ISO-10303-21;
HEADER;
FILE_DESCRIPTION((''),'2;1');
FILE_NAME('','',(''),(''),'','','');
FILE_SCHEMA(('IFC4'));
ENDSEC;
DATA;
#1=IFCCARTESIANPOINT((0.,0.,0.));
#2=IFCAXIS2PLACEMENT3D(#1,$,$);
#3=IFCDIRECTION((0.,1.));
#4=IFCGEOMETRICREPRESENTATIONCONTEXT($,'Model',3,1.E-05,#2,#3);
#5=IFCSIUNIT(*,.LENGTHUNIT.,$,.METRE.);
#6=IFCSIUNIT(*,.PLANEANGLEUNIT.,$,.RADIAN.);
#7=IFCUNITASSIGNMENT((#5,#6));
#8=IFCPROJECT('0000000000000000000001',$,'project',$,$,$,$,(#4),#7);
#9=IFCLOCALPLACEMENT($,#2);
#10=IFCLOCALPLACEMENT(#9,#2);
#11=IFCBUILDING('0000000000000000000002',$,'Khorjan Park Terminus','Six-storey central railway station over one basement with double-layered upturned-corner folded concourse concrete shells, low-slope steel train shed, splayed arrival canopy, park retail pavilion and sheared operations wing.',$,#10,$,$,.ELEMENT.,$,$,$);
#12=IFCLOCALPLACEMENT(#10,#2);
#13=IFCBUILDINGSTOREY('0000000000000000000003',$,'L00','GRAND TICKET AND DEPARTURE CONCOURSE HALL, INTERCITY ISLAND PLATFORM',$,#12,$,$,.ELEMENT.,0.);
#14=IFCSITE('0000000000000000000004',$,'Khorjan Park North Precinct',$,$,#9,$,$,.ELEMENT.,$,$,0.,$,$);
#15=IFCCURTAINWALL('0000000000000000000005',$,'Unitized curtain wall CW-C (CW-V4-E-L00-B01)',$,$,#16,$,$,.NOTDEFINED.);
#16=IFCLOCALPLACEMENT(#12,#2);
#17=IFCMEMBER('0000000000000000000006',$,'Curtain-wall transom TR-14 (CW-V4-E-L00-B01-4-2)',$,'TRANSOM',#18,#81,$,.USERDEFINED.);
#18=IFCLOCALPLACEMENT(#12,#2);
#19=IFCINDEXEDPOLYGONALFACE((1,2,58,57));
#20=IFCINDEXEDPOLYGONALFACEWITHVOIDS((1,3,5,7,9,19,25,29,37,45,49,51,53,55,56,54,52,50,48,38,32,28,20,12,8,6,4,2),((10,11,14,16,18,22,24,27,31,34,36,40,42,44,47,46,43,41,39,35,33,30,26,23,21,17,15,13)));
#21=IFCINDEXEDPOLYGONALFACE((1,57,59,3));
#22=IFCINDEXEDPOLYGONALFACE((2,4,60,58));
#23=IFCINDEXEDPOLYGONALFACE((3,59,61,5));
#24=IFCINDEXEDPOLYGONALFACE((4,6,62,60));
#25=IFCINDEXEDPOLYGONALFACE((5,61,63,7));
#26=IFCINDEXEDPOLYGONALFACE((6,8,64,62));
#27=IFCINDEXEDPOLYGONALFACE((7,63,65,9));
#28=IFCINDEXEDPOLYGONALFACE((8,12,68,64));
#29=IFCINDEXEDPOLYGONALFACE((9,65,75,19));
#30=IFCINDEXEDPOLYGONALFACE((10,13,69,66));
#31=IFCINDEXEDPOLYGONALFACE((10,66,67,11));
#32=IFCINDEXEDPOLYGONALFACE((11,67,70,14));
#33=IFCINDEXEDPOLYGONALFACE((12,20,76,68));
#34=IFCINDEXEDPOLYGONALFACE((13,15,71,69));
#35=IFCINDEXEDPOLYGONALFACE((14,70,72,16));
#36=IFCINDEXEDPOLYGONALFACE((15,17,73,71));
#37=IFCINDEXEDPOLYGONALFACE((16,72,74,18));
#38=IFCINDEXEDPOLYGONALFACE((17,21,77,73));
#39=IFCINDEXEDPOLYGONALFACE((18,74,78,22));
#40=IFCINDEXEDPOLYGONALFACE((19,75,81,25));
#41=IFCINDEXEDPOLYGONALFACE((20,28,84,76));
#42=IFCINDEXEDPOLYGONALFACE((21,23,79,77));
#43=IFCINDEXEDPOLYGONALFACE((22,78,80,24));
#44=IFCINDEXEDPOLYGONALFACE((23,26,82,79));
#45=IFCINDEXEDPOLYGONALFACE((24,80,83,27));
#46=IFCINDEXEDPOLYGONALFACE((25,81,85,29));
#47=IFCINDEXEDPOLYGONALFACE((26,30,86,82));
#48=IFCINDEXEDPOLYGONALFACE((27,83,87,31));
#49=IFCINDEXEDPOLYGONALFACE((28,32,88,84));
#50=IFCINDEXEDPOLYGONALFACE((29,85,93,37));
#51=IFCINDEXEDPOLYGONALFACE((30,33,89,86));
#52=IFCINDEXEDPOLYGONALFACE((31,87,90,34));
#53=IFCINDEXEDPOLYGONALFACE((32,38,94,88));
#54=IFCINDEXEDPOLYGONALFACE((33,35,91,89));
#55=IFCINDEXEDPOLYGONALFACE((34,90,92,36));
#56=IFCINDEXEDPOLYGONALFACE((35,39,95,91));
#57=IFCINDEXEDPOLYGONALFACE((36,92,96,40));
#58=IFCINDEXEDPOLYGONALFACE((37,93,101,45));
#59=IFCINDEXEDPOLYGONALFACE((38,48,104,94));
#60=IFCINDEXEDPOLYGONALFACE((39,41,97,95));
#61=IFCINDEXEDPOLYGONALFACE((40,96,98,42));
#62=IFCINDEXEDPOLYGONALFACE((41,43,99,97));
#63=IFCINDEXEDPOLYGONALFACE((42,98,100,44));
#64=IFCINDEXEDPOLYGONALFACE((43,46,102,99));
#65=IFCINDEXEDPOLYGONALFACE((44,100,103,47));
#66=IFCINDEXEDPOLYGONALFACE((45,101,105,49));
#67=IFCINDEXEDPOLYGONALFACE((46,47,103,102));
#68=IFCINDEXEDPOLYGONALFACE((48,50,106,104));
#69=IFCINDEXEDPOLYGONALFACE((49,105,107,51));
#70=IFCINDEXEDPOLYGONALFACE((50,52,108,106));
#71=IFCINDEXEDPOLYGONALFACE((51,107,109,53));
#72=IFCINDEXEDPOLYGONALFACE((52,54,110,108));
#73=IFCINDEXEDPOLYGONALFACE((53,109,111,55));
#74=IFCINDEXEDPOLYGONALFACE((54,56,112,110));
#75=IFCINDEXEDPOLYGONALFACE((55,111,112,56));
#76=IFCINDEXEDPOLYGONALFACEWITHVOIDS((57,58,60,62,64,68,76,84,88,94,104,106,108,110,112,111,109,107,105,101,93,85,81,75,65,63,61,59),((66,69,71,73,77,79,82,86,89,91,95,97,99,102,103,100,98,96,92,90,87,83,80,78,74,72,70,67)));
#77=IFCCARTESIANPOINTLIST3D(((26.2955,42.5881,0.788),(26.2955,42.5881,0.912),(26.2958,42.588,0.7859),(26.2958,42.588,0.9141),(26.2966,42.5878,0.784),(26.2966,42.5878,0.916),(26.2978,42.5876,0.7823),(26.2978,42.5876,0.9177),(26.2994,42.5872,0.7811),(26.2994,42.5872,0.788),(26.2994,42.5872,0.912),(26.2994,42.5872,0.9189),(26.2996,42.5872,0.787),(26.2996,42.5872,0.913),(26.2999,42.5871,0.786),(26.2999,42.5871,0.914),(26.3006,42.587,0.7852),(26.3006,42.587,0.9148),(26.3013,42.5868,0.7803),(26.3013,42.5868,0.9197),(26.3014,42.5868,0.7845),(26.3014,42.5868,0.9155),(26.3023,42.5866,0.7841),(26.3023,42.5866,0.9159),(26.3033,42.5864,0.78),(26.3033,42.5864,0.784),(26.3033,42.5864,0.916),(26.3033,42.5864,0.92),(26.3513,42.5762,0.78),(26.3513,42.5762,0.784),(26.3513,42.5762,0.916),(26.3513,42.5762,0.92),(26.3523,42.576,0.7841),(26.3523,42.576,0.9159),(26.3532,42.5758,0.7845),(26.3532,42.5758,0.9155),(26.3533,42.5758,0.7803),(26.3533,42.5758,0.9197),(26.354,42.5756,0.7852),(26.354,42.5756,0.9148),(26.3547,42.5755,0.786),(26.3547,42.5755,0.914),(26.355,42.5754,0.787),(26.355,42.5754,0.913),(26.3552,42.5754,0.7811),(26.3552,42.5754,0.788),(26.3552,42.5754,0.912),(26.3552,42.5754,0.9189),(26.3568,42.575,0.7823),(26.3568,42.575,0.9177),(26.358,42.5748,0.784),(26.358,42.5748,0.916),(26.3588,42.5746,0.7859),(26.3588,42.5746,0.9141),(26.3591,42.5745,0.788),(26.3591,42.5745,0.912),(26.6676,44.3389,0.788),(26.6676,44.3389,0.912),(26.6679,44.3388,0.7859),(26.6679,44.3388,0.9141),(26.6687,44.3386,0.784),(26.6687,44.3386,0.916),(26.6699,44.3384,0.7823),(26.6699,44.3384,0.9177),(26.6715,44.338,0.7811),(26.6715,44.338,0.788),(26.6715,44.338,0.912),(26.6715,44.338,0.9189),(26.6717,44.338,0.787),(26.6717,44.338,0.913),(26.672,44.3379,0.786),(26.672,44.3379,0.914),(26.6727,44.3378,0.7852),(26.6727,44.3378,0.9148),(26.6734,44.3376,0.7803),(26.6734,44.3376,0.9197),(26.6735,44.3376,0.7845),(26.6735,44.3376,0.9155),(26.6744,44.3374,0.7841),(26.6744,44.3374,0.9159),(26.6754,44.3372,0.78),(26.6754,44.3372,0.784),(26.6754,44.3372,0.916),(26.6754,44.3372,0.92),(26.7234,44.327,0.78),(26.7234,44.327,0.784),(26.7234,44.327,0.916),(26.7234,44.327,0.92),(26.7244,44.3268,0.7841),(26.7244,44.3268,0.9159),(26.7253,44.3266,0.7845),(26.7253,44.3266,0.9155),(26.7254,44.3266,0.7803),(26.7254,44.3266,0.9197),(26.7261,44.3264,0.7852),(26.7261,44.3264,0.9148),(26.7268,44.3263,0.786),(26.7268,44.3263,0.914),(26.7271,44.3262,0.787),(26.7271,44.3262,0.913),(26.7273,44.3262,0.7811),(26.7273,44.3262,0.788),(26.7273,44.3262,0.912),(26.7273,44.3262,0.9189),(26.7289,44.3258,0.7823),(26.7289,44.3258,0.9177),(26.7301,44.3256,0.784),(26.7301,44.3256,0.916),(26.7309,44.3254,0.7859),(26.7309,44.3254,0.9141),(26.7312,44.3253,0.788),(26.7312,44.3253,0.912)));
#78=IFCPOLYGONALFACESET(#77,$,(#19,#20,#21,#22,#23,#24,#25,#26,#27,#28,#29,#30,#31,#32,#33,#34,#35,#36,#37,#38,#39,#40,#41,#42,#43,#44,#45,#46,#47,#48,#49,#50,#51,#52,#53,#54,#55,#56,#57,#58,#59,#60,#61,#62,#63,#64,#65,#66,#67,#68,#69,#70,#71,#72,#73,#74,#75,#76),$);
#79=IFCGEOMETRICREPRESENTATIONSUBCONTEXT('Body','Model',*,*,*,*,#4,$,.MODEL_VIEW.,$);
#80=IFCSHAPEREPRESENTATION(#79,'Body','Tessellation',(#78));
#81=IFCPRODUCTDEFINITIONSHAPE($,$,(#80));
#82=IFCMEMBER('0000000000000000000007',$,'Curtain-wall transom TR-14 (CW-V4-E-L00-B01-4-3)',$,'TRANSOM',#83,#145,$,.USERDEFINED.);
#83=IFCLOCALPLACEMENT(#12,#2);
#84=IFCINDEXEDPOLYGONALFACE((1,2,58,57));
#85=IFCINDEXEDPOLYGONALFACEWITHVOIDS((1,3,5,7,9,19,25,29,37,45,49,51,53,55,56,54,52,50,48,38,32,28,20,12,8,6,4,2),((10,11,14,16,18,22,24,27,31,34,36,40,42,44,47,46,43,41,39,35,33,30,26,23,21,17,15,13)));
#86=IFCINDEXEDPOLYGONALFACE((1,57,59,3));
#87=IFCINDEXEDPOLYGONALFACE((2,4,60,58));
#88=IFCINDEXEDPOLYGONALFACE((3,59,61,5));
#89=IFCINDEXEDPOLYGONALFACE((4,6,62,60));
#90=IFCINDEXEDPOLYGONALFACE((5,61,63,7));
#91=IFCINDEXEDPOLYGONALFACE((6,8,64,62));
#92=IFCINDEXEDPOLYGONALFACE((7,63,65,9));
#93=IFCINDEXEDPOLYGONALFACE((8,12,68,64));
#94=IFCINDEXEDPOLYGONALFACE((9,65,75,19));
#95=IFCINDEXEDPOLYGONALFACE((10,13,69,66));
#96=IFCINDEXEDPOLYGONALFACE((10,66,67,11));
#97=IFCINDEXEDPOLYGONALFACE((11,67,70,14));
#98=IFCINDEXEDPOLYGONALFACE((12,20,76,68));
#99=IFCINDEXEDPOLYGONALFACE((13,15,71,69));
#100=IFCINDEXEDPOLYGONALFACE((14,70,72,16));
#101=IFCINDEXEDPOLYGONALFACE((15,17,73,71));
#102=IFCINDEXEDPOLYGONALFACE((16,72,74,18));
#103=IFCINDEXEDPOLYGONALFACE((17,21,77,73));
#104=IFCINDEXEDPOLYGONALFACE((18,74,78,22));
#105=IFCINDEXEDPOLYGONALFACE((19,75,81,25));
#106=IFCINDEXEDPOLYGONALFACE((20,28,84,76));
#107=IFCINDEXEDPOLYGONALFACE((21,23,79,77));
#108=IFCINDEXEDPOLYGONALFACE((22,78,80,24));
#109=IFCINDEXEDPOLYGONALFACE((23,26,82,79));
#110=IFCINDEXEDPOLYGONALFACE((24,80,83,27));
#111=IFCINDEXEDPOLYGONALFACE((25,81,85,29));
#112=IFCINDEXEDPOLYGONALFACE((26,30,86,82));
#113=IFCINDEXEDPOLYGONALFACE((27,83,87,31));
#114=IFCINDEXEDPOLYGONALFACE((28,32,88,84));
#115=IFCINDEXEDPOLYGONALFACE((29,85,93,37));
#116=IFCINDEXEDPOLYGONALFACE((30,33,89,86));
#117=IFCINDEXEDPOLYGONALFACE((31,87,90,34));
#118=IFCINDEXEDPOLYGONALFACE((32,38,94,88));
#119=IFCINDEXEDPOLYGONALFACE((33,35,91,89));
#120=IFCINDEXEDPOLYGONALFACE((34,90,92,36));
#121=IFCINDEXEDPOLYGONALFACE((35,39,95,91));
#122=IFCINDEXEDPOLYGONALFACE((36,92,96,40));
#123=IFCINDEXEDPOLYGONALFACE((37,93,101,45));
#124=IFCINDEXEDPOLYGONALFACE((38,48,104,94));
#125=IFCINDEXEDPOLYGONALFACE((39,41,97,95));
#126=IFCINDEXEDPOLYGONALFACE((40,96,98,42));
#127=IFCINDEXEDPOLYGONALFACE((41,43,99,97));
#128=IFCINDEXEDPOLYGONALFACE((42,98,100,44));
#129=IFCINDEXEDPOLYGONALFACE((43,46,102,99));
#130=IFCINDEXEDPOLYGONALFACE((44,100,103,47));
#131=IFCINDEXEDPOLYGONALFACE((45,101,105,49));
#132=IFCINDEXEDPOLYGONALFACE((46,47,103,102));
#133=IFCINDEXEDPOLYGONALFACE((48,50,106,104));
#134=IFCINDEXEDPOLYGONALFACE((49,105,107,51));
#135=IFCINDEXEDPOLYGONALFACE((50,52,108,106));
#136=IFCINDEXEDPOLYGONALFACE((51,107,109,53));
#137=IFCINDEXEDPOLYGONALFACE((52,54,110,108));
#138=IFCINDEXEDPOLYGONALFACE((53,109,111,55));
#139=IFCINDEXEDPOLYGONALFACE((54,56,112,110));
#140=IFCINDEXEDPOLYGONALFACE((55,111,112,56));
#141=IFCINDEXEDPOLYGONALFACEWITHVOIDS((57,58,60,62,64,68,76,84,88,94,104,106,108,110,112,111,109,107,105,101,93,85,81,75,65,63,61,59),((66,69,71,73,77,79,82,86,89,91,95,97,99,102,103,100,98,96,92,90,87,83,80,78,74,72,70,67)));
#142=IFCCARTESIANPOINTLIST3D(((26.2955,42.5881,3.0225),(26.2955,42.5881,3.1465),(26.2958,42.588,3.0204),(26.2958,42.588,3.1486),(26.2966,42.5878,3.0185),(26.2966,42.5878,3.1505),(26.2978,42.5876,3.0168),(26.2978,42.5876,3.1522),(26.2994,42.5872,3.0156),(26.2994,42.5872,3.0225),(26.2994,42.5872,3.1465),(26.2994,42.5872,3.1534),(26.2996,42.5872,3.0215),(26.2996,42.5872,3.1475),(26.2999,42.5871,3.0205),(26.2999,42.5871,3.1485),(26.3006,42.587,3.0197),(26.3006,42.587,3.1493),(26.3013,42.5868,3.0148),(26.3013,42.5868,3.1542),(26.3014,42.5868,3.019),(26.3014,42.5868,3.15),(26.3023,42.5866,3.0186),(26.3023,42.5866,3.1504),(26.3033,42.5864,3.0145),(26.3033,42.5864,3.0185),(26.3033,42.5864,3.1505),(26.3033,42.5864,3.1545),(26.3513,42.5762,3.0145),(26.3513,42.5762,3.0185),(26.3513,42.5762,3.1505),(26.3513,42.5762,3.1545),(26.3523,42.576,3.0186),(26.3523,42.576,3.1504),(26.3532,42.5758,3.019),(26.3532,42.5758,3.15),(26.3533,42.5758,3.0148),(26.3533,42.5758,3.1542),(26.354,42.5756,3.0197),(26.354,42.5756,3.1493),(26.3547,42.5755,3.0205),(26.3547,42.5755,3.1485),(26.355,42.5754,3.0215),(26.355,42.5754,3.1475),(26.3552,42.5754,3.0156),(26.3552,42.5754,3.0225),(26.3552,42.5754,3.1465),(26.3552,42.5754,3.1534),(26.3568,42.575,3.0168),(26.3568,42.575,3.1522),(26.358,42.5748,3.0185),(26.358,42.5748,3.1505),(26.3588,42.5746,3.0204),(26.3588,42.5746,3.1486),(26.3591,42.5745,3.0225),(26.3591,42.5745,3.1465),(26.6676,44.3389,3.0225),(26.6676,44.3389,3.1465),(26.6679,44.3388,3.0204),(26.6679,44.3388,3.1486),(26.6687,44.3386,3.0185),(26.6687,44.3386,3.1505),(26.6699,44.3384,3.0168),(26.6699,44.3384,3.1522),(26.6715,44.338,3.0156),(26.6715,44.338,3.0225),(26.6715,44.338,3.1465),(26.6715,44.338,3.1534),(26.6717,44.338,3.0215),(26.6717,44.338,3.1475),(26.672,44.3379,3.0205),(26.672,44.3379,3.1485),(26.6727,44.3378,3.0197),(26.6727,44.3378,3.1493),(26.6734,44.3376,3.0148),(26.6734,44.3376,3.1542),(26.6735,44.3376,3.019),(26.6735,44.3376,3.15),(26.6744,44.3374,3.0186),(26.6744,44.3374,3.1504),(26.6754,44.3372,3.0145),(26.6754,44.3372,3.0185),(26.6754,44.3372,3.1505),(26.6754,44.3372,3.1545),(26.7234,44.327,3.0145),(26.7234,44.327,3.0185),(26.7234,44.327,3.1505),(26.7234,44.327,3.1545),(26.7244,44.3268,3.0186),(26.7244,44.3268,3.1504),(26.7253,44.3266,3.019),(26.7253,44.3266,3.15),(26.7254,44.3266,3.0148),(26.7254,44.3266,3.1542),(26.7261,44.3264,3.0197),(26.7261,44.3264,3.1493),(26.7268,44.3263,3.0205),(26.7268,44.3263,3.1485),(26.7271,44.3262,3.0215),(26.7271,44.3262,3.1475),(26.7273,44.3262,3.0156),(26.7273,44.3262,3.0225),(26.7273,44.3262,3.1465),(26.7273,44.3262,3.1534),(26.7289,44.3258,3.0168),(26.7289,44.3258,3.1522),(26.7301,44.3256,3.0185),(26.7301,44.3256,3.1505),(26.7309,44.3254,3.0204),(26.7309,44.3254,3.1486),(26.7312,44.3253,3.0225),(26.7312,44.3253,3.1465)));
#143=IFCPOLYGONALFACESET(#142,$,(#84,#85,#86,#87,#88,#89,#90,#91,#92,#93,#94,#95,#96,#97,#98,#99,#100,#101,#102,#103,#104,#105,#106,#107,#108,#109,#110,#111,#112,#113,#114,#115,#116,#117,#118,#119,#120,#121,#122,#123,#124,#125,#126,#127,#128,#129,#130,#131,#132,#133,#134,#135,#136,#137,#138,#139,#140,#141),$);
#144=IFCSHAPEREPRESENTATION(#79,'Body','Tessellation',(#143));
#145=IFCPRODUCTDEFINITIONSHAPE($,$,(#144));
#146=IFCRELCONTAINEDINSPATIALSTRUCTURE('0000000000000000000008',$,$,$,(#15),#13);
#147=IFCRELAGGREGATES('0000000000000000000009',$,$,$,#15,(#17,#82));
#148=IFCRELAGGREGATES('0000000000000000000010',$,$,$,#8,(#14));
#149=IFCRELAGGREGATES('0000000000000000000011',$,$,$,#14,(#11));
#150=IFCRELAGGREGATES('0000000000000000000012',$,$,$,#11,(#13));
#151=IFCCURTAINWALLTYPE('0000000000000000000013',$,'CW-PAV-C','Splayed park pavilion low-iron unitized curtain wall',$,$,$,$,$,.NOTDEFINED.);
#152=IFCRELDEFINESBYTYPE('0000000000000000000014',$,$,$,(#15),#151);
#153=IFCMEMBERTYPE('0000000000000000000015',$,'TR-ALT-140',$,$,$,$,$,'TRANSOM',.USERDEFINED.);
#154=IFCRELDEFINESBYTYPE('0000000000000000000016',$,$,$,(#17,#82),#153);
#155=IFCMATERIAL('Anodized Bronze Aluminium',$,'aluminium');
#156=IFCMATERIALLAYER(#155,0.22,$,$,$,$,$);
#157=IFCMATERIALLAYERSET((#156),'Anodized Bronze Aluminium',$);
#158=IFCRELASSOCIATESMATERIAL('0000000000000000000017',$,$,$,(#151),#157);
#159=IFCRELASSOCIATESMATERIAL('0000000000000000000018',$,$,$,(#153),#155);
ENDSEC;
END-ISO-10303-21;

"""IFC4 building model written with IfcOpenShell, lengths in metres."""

from ifc_helpers import new_model, si_unit, direction, frame, origin, origin_2d, place, context, subcontext, project, spatial, hollow_rectangle, extrude, material, layer, layer_set, material_profile, profile_set, type_object, element, aggregate, save


model = new_model("IFC4")

# Units and contexts
model_context = context("Model", 3, precision=1e-05, world=origin(), true_north=direction((0.0, 1.0)))
body_context = subcontext(model_context, "Body", "Model", "MODEL_VIEW")
ifc_project = project(units=[si_unit("LENGTHUNIT", "METRE"), si_unit("PLANEANGLEUNIT", "RADIAN")], contexts=[model_context])

# Site, building, storey
site_placement = place(None, origin())
site = spatial("IfcSite", under=ifc_project, at=site_placement, Name="Khorjan Park North Precinct", CompositionType="ELEMENT", RefElevation=0.0)
building_placement = place(site_placement, origin())
building = spatial("IfcBuilding", under=site, at=building_placement, Name="Khorjan Park Terminus", Description="Six-storey central railway station over one basement with double-layered upturned-corner folded concourse concrete shells, low-slope steel train shed, splayed arrival canopy, park retail pavilion and sheared operations wing.", CompositionType="ELEMENT")
storey_placement = place(building_placement, origin())
storey = spatial("IfcBuildingStorey", under=building, at=storey_placement, Name="L00", Description="GRAND TICKET AND DEPARTURE CONCOURSE HALL, INTERCITY ISLAND PLATFORM", CompositionType="ELEMENT", Elevation=0.0)

# Curtain wall, members
ifc_material_1 = material(Name="Anodized Bronze Aluminium", Category="aluminium")
ifc_layer_1 = layer(ifc_material_1, 0.22)
ifc_layer_set_1 = layer_set([ifc_layer_1], Name="Anodized Bronze Aluminium")
curtain_wall_type = type_object("IfcCurtainWallType", Name="CW-PAV-C", Description="Splayed park pavilion low-iron unitized curtain wall", PredefinedType="NOTDEFINED", material=ifc_layer_set_1)
curtain_wall_placement = place(storey_placement, origin())
curtain_wall = element("IfcCurtainWall", 1, at=curtain_wall_placement, inside=storey, type_object=curtain_wall_type, Name="Unitized curtain wall CW-C (CW-V4-E-L00-B01)", PredefinedType="NOTDEFINED")
ifc_material_profile_1 = material_profile(ifc_material_1, hollow_rectangle(XDim=0.065, YDim=0.14, WallThickness=0.004, InnerFilletRadius=0.004, OuterFilletRadius=0.008, at=origin_2d()), Name="ALT 65x140x4")
ifc_profile_set_1 = profile_set([ifc_material_profile_1], Name="Anodized Bronze Aluminium")
member_type_1 = type_object("IfcMemberType", Name="TR-ALT-140", ElementType="TRANSOM", PredefinedType="USERDEFINED", material=ifc_profile_set_1)
member_1_placement = place(storey_placement, frame((26.3273, 42.5813, 0.85), z_axis=(0.207888, 0.978153, 0.0), x_axis=(-0.978153, 0.207888, 0.0)))
member_1 = element("IfcMember", 2, at=member_1_placement, type_object=member_type_1, Name="Curtain-wall transom TR-14 (CW-V4-E-L00-B01-4-2)", ObjectType="TRANSOM", PredefinedType="USERDEFINED", context=body_context, shape_type="SweptSolid", body=[
    extrude(hollow_rectangle(XDim=0.065, YDim=0.14, WallThickness=0.004, InnerFilletRadius=0.004, OuterFilletRadius=0.008, at=origin_2d()), origin(), (0.0, 0.0, 1.0), 1.7899),
])
member_2_placement = place(storey_placement, frame((26.3273, 42.5813, 3.0845), z_axis=(0.207888, 0.978153, 0.0), x_axis=(-0.978153, 0.207888, 0.0)))
member_2 = element("IfcMember", 3, at=member_2_placement, type_object=member_type_1, Name="Curtain-wall transom TR-14 (CW-V4-E-L00-B01-4-3)", ObjectType="TRANSOM", PredefinedType="USERDEFINED", context=body_context, shape_type="SweptSolid", body=[
    extrude(hollow_rectangle(XDim=0.065, YDim=0.14, WallThickness=0.004, InnerFilletRadius=0.004, OuterFilletRadius=0.008, at=origin_2d()), origin(), (0.0, 0.0, 1.0), 1.7899),
])
aggregate(curtain_wall, [member_1, member_2])

save(model, "model.ifc")
